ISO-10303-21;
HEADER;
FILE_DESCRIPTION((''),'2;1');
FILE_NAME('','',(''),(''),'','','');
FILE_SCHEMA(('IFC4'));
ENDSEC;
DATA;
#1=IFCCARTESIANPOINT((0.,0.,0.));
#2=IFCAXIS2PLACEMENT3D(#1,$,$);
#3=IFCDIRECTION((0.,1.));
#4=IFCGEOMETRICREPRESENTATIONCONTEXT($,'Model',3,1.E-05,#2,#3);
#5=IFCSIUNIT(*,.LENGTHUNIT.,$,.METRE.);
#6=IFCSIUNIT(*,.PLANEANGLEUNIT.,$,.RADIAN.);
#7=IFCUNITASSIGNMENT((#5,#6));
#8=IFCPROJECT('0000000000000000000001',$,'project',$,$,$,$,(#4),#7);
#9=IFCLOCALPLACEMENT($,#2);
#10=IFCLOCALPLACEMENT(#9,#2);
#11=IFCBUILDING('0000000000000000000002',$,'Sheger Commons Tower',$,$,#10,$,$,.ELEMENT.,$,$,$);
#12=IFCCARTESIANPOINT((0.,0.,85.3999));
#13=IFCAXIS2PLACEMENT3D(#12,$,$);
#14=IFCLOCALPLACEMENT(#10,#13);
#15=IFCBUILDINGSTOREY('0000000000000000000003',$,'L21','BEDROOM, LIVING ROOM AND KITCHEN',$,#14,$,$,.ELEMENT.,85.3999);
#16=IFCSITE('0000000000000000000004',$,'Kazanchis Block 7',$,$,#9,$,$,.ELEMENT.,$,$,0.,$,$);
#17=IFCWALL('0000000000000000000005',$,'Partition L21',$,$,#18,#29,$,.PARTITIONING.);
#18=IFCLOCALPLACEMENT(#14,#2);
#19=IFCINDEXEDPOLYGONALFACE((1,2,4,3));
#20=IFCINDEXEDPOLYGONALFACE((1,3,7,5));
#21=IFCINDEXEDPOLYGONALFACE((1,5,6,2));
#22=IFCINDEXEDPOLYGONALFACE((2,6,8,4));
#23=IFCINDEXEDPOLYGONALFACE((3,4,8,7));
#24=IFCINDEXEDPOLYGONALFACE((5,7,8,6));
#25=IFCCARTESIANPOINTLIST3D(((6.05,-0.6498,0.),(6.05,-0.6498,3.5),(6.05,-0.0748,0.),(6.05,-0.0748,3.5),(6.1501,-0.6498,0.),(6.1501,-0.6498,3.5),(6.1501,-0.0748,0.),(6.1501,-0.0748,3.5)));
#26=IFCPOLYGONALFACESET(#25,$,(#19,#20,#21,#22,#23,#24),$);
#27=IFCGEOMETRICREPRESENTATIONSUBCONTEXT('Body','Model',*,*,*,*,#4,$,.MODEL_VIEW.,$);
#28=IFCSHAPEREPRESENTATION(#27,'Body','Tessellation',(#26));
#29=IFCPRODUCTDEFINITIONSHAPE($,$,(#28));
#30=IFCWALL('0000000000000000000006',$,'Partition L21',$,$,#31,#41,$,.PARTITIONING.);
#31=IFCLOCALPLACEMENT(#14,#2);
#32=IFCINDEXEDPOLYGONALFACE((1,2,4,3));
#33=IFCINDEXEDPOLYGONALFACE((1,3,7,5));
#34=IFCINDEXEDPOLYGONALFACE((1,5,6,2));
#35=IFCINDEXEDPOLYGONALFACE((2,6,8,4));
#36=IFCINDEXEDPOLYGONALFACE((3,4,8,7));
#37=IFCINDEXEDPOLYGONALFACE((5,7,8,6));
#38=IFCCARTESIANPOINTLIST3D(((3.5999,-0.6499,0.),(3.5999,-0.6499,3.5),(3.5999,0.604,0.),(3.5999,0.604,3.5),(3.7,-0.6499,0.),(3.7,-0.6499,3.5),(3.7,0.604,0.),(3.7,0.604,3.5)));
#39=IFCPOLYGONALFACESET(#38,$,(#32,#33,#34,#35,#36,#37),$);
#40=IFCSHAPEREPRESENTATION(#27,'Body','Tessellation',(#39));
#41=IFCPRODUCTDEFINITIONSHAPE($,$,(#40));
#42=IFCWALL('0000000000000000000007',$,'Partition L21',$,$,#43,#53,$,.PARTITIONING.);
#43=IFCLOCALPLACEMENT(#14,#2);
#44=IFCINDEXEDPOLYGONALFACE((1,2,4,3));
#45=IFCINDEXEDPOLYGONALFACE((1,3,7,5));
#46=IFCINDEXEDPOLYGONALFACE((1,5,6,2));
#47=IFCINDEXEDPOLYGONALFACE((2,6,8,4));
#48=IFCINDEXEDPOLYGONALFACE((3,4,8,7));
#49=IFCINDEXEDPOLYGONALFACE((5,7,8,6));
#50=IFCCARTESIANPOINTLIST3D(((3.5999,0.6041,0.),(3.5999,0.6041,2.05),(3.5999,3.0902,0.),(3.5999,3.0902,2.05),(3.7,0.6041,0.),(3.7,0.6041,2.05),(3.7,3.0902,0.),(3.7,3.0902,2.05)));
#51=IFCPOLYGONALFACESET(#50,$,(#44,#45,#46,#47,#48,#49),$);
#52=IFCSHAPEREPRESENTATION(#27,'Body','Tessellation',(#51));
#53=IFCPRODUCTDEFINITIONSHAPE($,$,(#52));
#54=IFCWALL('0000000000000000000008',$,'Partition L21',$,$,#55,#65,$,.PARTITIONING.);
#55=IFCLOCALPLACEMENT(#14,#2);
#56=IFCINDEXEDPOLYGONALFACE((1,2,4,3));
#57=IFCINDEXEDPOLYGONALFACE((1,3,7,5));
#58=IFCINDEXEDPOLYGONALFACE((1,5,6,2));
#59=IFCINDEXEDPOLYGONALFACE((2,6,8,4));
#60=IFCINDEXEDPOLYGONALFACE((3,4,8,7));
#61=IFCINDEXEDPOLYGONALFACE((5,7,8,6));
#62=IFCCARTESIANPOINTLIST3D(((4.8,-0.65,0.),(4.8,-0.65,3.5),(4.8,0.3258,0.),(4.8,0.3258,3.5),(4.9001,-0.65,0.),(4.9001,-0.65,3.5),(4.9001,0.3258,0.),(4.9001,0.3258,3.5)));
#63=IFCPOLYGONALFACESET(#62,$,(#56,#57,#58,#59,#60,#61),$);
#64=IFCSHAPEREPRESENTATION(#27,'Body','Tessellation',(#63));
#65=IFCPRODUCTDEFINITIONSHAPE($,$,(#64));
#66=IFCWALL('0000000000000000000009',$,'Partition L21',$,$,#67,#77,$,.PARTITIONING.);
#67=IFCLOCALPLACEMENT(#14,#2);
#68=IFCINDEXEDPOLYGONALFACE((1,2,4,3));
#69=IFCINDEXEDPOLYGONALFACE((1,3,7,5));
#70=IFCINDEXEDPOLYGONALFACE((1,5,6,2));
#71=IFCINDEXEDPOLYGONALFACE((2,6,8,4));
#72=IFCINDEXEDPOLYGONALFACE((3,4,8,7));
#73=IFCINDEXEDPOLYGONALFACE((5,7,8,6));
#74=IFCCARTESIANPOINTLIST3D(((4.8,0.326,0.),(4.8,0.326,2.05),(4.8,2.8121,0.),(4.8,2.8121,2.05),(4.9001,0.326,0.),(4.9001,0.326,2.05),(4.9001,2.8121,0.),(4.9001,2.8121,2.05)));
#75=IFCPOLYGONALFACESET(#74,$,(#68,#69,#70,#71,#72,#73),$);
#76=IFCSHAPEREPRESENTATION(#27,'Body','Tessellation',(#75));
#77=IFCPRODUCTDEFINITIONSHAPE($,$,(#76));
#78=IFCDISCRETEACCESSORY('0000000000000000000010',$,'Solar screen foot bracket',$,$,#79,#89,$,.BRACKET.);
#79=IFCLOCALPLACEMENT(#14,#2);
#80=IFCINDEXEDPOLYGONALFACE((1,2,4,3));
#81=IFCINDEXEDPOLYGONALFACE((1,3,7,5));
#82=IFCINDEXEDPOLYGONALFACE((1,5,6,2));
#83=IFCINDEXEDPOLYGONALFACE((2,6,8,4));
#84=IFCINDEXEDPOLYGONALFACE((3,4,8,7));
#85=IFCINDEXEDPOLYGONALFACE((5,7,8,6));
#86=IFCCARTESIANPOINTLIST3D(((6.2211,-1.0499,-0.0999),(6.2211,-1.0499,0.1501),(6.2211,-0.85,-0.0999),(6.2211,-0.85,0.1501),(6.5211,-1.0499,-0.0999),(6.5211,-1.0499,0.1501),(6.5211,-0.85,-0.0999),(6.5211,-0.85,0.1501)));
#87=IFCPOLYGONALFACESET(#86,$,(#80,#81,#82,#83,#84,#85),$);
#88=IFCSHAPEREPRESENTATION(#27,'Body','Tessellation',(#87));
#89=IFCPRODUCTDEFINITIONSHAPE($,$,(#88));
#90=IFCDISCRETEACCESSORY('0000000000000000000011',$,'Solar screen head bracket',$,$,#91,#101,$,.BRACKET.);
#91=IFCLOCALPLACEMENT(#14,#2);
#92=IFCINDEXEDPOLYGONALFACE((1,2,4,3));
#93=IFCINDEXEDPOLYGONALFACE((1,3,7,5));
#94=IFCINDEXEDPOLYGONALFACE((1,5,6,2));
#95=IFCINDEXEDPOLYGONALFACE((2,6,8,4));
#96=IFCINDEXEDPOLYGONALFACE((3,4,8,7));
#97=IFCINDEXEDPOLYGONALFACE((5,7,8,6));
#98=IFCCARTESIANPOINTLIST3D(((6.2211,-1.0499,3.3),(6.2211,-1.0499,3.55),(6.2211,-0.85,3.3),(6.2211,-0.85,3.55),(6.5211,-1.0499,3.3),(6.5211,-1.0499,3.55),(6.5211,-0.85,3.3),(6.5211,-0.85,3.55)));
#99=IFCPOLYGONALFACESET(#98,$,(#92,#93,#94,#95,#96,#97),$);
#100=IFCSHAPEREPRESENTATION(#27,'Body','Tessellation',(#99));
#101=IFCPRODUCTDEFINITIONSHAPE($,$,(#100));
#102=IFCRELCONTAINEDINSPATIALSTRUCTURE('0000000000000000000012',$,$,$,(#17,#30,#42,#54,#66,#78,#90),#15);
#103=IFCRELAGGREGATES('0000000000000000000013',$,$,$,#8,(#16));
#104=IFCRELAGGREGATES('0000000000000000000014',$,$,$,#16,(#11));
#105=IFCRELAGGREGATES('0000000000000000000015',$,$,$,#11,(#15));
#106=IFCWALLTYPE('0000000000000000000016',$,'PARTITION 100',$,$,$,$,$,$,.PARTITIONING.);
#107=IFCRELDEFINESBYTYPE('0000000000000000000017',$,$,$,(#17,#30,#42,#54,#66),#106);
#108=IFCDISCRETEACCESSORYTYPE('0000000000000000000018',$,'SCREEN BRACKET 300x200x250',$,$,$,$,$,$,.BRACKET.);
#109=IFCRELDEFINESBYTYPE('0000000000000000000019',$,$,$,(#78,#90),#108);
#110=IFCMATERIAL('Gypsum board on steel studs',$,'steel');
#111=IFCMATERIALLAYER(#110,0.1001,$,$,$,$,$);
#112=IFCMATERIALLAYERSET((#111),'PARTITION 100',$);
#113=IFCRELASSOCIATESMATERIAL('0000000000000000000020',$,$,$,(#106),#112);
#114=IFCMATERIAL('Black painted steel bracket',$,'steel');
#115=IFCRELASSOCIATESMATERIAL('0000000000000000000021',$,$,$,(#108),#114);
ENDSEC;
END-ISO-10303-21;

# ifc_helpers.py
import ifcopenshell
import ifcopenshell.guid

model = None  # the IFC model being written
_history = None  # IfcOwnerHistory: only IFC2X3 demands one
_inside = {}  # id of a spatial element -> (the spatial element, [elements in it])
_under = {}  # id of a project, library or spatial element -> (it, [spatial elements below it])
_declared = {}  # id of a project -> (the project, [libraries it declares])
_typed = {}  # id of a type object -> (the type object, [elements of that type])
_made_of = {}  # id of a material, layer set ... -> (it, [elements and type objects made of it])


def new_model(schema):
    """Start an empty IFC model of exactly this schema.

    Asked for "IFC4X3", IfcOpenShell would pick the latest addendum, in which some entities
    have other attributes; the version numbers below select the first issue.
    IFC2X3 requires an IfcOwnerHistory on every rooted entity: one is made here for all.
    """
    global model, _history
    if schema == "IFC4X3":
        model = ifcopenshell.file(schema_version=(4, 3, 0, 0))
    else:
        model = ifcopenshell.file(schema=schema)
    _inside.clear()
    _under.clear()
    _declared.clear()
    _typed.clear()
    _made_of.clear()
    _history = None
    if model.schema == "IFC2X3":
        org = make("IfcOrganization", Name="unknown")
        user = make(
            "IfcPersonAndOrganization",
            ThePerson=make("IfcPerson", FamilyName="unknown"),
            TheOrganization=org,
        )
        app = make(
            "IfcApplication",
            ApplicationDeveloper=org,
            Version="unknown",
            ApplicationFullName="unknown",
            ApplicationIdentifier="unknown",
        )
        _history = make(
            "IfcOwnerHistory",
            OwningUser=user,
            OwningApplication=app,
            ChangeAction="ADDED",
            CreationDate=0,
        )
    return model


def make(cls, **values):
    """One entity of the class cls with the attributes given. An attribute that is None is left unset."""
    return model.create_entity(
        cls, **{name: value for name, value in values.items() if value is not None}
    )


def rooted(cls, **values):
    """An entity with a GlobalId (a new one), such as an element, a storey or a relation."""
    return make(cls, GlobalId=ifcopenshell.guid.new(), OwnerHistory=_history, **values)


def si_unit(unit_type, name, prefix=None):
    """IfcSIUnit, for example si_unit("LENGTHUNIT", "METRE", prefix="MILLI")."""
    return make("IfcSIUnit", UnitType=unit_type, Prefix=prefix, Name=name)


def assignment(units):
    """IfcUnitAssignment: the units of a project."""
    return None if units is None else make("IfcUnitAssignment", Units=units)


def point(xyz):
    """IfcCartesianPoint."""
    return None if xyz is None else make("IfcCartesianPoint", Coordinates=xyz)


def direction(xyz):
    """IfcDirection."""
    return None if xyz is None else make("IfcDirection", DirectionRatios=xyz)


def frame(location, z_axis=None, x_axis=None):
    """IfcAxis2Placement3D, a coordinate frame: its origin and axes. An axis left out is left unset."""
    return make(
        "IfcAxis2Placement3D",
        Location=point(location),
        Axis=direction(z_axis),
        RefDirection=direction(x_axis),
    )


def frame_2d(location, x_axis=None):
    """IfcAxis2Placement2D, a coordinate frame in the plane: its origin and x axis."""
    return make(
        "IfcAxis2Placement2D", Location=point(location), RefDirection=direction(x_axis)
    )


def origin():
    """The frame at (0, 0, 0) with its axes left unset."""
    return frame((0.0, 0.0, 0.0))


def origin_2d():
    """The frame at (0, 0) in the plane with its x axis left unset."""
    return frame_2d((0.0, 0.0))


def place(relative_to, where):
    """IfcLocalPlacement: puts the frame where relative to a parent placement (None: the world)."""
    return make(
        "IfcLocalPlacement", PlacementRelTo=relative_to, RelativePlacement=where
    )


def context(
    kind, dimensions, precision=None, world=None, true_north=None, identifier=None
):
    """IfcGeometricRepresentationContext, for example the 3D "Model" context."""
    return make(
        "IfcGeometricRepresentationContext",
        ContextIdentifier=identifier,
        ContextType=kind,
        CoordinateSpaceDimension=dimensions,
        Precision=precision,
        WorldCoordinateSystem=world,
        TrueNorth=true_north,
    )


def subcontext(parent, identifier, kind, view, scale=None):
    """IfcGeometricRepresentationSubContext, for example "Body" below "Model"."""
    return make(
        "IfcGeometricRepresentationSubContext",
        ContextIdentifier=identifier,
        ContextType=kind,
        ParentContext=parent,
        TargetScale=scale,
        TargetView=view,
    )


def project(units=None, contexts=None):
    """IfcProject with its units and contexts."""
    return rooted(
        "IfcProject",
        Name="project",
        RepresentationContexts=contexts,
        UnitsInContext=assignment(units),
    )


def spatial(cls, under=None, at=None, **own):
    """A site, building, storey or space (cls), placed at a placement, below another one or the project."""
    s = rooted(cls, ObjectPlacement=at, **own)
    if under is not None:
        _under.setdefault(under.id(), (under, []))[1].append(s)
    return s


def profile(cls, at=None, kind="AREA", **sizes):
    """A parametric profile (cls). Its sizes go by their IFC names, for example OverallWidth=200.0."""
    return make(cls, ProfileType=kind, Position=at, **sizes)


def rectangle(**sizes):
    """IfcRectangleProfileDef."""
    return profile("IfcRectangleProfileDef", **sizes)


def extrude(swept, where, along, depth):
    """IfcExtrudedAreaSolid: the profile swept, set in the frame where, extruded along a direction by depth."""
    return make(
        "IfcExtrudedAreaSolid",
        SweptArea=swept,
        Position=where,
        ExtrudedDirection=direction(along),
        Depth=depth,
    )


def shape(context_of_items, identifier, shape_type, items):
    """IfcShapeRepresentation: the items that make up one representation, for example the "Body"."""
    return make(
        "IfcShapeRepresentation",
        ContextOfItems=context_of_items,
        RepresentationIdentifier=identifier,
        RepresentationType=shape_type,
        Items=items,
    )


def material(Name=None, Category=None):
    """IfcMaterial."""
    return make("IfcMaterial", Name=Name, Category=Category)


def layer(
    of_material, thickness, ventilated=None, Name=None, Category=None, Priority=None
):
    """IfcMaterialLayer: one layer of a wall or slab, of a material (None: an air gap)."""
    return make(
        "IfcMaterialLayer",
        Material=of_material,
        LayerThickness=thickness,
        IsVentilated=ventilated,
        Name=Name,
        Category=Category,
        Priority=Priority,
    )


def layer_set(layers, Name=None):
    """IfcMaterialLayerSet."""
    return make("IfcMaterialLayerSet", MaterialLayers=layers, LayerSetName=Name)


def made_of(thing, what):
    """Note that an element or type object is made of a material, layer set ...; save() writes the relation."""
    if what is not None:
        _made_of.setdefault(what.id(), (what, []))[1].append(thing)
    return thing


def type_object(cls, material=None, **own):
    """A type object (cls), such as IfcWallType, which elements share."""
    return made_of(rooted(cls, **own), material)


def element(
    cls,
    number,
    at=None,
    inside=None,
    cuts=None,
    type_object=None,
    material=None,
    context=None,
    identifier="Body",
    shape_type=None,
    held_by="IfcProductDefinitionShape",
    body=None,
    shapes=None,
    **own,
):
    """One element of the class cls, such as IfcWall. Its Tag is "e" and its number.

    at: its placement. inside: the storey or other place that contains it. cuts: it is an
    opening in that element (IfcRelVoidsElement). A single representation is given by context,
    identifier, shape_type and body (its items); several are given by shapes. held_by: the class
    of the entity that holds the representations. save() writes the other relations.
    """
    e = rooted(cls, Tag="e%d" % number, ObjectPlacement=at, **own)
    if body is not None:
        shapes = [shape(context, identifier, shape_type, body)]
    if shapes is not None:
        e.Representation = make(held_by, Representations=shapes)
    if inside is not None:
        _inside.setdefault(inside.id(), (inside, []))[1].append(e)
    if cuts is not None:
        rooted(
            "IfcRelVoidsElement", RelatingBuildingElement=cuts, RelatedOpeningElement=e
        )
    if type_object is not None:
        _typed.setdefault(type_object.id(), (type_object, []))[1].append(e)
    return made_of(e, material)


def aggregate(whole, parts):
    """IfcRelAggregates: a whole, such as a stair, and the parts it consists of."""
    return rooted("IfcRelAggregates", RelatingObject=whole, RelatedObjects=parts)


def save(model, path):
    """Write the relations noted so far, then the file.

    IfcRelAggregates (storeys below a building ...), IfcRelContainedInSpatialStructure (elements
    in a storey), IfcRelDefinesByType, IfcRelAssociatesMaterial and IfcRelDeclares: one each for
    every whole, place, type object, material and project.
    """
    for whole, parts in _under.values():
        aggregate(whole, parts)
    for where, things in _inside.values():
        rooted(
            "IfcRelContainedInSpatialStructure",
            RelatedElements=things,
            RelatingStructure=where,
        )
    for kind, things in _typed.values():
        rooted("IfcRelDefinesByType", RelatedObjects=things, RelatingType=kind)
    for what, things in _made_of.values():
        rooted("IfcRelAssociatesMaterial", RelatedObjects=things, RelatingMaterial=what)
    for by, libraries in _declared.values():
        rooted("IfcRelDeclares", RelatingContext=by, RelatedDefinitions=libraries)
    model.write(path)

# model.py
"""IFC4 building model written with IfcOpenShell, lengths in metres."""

from ifc_helpers import new_model, si_unit, direction, frame, frame_2d, origin, origin_2d, place, context, subcontext, project, spatial, rectangle, extrude, material, layer, layer_set, type_object, element, save


model = new_model("IFC4")

# Units and contexts
model_context = context("Model", 3, precision=1e-05, world=origin(), true_north=direction((0.0, 1.0)))
body_context = subcontext(model_context, "Body", "Model", "MODEL_VIEW")
ifc_project = project(units=[si_unit("LENGTHUNIT", "METRE"), si_unit("PLANEANGLEUNIT", "RADIAN")], contexts=[model_context])

# Site, building, storey
site_placement = place(None, origin())
site = spatial("IfcSite", under=ifc_project, at=site_placement, Name="Kazanchis Block 7", CompositionType="ELEMENT", RefElevation=0.0)
building_placement = place(site_placement, origin())
building = spatial("IfcBuilding", under=site, at=building_placement, Name="Sheger Commons Tower", CompositionType="ELEMENT")
storey_placement = place(building_placement, frame((0.0, 0.0, 85.3999)))
storey = spatial("IfcBuildingStorey", under=building, at=storey_placement, Name="L21", Description="BEDROOM, LIVING ROOM AND KITCHEN", CompositionType="ELEMENT", Elevation=85.3999)

# Walls
ifc_material_1 = material(Name="Gypsum board on steel studs", Category="steel")
ifc_layer_1 = layer(ifc_material_1, 0.1001)
ifc_layer_set_1 = layer_set([ifc_layer_1], Name="PARTITION 100")
wall_type_1 = type_object("IfcWallType", Name="PARTITION 100", PredefinedType="PARTITIONING", material=ifc_layer_set_1)
wall_1_placement = place(storey_placement, frame((6.1001, -0.6499, 0.0), z_axis=(0.0, 0.0, 1.0), x_axis=(0.0, 1.0, 0.0)))
element("IfcWall", 1, at=wall_1_placement, inside=storey, type_object=wall_type_1, Name="Partition L21", PredefinedType="PARTITIONING", context=body_context, shape_type="SweptSolid", body=[
    extrude(rectangle(XDim=0.575, YDim=0.1001, at=frame_2d((0.2876, 0.0))), origin(), (0.0, 0.0, 1.0), 3.5),
])
wall_2_placement = place(storey_placement, frame((3.6499, -0.6499, 0.0), z_axis=(0.0, 0.0, 1.0), x_axis=(0.0, 1.0, 0.0)))
element("IfcWall", 2, at=wall_2_placement, inside=storey, type_object=wall_type_1, Name="Partition L21", PredefinedType="PARTITIONING", context=body_context, shape_type="SweptSolid", body=[
    extrude(rectangle(XDim=1.2539, YDim=0.1001, at=frame_2d((0.627, 0.0))), origin(), (0.0, 0.0, 1.0), 3.5),
])
wall_3_placement = place(storey_placement, frame((3.6499, 0.604, 0.0), z_axis=(0.0, 0.0, 1.0), x_axis=(0.0, 1.0, 0.0)))
element("IfcWall", 3, at=wall_3_placement, inside=storey, type_object=wall_type_1, Name="Partition L21", PredefinedType="PARTITIONING", context=body_context, shape_type="SweptSolid", body=[
    extrude(rectangle(XDim=2.4861, YDim=0.1001, at=frame_2d((1.2432, 0.0))), origin(), (0.0, 0.0, 1.0), 2.05),
])
wall_4_placement = place(storey_placement, frame((4.8501, -0.6499, 0.0), z_axis=(0.0, 0.0, 1.0), x_axis=(0.0, 1.0, 0.0)))
element("IfcWall", 4, at=wall_4_placement, inside=storey, type_object=wall_type_1, Name="Partition L21", PredefinedType="PARTITIONING", context=body_context, shape_type="SweptSolid", body=[
    extrude(rectangle(XDim=0.9758, YDim=0.1001, at=frame_2d((0.4878, 0.0))), origin(), (0.0, 0.0, 1.0), 3.5),
])
wall_5_placement = place(storey_placement, frame((4.8501, 0.3259, 0.0), z_axis=(0.0, 0.0, 1.0), x_axis=(0.0, 1.0, 0.0)))
element("IfcWall", 5, at=wall_5_placement, inside=storey, type_object=wall_type_1, Name="Partition L21", PredefinedType="PARTITIONING", context=body_context, shape_type="SweptSolid", body=[
    extrude(rectangle(XDim=2.4861, YDim=0.1001, at=frame_2d((1.2432, 0.0))), origin(), (0.0, 0.0, 1.0), 2.05),
])

# Discrete accessories
ifc_material_2 = material(Name="Black painted steel bracket", Category="steel")
discrete_accessory_type = type_object("IfcDiscreteAccessoryType", Name="SCREEN BRACKET 300x200x250", PredefinedType="BRACKET", material=ifc_material_2)
for number, where, z_axis, x_axis, name in (
    (6, (6.3711, -0.95, -0.0999), (0.0, 0.0, 1.0), (1.0, 0.0, 0.0), "Solar screen foot bracket"),
    (7, (6.3711, -0.95, 3.3), (0.0, 0.0, 1.0), (1.0, 0.0, 0.0), "Solar screen head bracket"),
):
    element("IfcDiscreteAccessory", number, at=place(storey_placement, frame(where, z_axis=z_axis, x_axis=x_axis)), inside=storey, type_object=discrete_accessory_type, Name=name, PredefinedType="BRACKET", context=body_context, shape_type="SweptSolid", body=[
        extrude(rectangle(XDim=0.3, YDim=0.2, at=origin_2d()), origin(), (0.0, 0.0, 1.0), 0.25),
    ])

save(model, "model.ifc")
